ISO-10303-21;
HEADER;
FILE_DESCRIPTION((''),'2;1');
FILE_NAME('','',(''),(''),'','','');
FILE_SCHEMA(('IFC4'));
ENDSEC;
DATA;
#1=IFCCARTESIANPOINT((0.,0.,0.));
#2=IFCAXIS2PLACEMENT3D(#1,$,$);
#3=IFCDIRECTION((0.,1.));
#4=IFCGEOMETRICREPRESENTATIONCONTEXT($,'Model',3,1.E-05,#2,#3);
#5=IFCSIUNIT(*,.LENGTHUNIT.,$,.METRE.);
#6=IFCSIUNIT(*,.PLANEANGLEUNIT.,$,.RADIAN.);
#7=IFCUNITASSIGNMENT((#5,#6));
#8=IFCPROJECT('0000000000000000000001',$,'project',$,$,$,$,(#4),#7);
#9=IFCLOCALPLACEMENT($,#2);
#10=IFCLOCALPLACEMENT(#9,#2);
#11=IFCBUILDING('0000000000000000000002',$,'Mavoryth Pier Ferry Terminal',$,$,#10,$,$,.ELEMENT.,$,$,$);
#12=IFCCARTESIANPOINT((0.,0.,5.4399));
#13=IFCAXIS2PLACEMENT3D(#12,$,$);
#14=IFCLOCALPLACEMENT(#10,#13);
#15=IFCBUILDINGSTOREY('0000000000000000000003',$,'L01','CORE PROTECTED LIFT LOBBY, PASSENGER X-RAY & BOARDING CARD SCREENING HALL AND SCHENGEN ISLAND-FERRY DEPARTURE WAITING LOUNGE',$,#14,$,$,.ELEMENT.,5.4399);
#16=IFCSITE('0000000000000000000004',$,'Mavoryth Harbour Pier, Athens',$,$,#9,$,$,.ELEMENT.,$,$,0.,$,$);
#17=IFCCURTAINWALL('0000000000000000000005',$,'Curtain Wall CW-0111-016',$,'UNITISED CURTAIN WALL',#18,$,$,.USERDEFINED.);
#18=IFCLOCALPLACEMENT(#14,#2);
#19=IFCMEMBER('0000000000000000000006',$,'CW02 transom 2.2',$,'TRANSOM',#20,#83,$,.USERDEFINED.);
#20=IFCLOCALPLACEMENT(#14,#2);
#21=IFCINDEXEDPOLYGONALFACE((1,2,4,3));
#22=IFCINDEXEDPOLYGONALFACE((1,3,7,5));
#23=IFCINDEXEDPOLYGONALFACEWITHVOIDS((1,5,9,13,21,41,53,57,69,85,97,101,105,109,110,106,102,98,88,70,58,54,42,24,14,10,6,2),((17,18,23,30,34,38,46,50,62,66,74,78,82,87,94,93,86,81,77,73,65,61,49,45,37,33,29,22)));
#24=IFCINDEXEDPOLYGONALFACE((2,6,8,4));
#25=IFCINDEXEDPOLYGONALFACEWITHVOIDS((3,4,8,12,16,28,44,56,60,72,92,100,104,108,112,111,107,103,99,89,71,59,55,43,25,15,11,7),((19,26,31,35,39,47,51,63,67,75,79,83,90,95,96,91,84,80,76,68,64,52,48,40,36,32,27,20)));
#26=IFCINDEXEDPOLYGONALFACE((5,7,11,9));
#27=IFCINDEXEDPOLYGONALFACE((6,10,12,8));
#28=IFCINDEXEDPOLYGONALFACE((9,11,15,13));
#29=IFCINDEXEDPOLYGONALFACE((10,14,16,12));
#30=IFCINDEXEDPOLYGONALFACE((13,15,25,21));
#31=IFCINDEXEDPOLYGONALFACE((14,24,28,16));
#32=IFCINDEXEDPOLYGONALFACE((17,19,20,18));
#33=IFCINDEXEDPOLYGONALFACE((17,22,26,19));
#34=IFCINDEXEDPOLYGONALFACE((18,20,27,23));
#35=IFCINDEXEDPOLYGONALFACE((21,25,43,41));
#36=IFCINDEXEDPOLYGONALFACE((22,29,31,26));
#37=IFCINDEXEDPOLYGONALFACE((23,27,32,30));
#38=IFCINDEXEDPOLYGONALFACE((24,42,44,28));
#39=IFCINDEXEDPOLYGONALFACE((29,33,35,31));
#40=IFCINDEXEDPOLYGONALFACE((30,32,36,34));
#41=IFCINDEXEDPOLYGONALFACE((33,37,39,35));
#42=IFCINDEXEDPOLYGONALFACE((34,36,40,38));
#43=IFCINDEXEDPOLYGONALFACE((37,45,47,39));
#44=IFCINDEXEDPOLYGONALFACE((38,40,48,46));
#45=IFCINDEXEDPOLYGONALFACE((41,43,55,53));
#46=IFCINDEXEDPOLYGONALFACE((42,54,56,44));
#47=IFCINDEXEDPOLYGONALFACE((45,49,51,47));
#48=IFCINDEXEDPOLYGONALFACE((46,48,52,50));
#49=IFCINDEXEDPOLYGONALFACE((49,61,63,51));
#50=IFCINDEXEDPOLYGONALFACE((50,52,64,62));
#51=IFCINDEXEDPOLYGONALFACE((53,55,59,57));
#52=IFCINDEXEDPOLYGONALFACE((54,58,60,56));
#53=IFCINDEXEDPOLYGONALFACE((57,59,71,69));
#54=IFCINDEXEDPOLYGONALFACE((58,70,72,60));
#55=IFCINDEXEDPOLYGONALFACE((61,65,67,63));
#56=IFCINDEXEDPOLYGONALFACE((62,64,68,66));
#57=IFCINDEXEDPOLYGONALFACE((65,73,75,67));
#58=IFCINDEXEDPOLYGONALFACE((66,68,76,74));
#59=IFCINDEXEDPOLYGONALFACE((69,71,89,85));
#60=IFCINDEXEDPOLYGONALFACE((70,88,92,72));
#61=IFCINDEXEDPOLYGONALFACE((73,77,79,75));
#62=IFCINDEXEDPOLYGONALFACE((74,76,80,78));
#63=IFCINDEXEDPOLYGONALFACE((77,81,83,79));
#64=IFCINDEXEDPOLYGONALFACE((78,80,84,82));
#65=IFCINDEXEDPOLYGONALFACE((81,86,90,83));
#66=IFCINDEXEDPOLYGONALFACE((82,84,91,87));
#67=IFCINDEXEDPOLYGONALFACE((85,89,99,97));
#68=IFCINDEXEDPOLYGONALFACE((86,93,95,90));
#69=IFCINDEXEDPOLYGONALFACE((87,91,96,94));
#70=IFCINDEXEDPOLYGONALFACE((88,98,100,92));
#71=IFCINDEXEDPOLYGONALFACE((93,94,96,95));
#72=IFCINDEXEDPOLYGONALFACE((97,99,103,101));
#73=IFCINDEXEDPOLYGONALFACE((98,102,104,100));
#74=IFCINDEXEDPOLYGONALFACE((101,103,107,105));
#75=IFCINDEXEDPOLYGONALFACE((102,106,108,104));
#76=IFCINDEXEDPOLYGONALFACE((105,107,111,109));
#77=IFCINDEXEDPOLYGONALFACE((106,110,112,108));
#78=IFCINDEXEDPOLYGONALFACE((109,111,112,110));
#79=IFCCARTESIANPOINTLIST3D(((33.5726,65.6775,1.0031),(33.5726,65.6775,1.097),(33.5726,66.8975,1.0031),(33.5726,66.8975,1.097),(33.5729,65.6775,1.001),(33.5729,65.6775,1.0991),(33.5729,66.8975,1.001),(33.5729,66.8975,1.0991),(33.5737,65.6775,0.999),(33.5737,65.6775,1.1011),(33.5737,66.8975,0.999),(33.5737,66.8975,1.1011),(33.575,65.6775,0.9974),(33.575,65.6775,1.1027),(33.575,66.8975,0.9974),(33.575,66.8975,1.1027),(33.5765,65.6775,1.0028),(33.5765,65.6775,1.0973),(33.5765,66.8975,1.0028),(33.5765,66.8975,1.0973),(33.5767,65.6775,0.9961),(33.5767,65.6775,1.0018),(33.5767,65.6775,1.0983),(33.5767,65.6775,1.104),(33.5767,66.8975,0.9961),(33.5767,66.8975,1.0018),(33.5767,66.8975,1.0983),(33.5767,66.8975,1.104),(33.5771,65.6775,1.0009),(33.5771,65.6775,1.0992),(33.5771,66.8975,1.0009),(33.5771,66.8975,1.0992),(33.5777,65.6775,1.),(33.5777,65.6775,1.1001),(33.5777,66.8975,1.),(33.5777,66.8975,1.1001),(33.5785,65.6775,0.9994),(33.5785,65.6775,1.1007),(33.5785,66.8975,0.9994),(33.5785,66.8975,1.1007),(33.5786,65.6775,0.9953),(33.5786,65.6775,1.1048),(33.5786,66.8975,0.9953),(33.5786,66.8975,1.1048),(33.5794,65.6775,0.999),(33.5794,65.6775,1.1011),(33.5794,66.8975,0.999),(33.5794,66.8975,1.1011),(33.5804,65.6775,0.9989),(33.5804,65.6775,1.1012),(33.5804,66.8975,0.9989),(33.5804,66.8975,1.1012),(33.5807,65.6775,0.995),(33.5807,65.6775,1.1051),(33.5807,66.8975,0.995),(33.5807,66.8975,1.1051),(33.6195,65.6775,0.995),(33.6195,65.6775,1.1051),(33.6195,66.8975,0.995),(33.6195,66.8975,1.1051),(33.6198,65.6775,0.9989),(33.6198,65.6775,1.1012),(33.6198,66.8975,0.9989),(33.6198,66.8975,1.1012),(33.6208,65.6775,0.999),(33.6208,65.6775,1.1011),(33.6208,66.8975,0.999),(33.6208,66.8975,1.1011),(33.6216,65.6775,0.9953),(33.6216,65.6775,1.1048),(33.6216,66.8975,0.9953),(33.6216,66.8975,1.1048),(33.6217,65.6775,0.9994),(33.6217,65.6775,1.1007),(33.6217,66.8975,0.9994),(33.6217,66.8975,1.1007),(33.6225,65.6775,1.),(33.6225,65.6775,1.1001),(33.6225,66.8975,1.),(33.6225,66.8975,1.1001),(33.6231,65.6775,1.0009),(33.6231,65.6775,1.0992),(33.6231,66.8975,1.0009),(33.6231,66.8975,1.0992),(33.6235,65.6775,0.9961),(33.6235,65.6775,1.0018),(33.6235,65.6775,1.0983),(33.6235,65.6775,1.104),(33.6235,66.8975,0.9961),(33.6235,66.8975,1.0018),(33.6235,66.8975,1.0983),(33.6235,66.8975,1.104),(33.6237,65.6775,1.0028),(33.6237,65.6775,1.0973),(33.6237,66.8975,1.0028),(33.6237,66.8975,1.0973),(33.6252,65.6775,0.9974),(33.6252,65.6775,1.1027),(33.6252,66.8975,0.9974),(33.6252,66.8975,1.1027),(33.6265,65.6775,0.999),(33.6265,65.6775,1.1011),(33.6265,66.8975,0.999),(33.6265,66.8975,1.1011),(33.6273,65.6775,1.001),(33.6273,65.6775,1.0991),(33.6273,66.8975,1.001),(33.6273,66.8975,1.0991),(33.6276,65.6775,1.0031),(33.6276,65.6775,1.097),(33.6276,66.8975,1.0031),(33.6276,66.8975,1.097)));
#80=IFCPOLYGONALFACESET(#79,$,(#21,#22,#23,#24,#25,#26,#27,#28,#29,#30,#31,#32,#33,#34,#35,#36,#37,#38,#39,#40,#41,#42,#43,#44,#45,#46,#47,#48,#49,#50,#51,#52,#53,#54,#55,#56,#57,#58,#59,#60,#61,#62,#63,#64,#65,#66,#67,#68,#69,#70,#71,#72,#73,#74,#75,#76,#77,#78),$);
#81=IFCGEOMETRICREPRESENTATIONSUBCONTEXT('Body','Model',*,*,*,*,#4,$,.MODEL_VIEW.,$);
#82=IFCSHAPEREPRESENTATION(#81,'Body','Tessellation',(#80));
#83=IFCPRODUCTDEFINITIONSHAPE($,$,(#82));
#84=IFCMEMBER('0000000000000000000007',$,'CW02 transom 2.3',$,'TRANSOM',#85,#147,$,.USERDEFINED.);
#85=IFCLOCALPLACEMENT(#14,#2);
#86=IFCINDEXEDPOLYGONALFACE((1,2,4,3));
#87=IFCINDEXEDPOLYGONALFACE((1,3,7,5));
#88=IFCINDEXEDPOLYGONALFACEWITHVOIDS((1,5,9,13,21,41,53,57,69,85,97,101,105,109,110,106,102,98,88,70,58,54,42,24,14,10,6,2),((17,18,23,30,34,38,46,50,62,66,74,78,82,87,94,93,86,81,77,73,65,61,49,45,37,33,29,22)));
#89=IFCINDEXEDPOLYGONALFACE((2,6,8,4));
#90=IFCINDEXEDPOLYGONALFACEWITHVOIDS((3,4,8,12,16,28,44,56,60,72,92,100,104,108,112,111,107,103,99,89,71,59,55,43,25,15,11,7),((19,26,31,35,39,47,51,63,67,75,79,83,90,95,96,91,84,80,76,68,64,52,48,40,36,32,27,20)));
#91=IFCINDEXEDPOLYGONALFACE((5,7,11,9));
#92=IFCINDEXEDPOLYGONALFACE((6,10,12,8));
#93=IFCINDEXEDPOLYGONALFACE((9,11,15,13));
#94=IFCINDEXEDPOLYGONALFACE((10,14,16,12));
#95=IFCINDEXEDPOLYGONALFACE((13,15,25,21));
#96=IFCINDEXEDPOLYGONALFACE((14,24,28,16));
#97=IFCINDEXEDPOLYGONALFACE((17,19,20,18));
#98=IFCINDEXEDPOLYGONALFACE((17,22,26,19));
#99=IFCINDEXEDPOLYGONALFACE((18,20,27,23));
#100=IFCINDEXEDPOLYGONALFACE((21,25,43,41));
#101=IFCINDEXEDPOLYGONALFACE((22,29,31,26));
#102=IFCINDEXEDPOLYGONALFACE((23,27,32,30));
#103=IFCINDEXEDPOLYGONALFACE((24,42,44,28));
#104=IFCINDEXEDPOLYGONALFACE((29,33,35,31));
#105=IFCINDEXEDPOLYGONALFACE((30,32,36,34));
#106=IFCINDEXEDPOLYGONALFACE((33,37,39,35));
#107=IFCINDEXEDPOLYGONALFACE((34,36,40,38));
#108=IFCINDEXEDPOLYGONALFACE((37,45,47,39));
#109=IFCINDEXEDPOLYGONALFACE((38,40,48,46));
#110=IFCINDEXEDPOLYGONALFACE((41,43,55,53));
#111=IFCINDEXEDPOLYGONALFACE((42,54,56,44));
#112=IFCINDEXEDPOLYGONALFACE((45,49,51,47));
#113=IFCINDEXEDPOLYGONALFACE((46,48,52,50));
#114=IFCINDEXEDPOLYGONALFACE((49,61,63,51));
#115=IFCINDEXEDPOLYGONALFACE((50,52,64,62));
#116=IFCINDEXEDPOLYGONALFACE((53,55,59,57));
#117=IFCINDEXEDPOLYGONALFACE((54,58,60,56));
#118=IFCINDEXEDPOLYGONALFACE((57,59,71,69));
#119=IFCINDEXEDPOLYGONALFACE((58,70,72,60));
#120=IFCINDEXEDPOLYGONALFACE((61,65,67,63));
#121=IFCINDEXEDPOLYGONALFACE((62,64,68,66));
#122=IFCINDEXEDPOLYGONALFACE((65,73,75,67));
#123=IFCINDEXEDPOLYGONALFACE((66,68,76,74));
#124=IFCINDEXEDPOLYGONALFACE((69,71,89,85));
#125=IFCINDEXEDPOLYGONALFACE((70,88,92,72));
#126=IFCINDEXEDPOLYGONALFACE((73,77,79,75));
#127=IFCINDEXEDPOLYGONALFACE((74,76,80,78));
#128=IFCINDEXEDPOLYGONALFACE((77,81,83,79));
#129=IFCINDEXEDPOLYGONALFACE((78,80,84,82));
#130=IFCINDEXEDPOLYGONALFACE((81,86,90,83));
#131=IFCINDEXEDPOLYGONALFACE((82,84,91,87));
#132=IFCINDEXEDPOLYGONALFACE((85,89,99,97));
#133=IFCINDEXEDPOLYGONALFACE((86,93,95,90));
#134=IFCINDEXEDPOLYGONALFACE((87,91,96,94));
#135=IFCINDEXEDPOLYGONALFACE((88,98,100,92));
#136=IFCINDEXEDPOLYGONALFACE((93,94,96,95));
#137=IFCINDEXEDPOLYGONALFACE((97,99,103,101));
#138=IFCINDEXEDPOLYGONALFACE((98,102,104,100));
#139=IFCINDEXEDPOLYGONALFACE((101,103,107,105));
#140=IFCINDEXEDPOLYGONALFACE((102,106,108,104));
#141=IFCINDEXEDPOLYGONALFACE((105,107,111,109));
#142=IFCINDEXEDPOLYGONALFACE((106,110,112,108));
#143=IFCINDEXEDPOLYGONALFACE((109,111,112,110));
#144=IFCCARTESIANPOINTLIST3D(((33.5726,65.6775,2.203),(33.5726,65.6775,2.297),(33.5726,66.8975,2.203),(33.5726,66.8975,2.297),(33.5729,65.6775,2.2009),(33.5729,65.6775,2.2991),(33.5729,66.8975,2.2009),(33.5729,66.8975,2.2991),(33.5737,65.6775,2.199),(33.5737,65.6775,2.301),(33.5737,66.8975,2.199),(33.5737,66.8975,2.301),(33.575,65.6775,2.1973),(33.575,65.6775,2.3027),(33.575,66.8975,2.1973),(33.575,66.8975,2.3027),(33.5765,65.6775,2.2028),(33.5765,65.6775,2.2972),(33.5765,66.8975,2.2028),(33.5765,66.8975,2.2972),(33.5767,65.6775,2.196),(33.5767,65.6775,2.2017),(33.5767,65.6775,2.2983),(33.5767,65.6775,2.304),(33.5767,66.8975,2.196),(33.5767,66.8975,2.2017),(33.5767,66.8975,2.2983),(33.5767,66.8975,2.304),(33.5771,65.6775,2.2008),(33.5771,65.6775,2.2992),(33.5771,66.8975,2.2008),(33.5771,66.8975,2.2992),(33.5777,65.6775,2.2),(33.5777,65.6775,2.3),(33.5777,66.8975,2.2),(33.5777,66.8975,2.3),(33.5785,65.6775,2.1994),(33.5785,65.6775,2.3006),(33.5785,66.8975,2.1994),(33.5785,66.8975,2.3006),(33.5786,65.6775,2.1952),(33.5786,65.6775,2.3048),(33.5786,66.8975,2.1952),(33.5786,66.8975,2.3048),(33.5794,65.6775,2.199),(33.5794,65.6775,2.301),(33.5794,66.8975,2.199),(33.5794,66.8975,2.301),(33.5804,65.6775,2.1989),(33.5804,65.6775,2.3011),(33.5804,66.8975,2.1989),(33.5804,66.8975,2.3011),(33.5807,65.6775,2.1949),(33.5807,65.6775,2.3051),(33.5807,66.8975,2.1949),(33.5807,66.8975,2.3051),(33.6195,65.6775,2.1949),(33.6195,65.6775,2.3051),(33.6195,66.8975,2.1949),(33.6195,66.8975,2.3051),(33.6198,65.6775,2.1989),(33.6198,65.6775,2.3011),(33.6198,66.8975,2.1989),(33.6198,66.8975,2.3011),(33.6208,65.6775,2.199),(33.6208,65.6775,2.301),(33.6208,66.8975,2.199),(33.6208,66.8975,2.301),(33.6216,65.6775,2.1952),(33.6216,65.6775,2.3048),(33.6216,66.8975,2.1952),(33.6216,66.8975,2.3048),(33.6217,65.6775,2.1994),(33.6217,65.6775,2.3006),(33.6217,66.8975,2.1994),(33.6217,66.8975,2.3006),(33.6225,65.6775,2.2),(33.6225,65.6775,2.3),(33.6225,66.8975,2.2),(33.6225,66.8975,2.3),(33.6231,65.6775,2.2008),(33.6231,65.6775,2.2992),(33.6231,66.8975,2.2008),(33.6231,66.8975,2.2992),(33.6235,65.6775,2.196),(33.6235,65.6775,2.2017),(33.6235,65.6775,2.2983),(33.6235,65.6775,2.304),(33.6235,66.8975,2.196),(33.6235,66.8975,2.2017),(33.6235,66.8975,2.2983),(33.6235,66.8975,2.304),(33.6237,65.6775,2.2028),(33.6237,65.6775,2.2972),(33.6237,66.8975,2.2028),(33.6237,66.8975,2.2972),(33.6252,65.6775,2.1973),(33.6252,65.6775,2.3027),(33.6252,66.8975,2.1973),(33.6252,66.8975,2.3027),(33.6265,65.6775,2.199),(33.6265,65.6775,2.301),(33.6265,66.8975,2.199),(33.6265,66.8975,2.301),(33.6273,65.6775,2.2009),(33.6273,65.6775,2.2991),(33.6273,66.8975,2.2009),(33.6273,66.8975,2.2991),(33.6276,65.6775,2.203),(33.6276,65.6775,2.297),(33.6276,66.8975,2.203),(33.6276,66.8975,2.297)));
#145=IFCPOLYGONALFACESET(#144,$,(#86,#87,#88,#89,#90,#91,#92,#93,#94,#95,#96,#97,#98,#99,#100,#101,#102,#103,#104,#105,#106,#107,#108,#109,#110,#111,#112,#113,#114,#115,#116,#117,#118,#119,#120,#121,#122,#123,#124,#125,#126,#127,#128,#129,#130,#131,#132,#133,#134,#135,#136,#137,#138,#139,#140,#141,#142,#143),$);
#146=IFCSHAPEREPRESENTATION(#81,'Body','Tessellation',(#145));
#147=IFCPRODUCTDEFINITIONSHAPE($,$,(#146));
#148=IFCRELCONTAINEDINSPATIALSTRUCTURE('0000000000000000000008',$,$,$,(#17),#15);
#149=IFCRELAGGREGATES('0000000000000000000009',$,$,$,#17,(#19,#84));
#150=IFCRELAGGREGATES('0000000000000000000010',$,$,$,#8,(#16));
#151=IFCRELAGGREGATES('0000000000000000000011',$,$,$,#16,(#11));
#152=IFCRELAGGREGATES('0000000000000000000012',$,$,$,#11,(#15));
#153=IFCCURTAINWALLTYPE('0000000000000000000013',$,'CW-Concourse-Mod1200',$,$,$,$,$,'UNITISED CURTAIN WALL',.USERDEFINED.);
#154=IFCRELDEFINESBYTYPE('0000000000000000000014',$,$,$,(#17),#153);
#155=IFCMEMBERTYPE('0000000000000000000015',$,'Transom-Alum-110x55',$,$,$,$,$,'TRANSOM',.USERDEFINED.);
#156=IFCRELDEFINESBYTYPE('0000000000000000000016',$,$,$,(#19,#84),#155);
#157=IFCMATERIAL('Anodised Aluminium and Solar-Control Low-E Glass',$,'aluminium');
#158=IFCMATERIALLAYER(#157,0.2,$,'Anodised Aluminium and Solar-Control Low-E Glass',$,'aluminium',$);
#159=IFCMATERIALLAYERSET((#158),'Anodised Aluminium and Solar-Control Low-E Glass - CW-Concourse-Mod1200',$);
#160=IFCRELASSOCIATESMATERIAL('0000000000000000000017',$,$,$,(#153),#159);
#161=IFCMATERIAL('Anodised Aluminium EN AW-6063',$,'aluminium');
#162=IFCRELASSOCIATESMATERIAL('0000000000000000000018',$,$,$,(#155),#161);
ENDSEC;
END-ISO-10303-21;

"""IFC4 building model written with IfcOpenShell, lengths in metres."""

from ifc_helpers import new_model, si_unit, direction, frame, origin, origin_2d, place, context, subcontext, project, spatial, hollow_rectangle, extrude, material, layer, layer_set, material_profile, profile_set, type_object, element, aggregate, save


model = new_model("IFC4")

# Units and contexts
model_context = context("Model", 3, precision=1e-05, world=origin(), true_north=direction((0.0, 1.0)))
body_context = subcontext(model_context, "Body", "Model", "MODEL_VIEW")
ifc_project = project(units=[si_unit("LENGTHUNIT", "METRE"), si_unit("PLANEANGLEUNIT", "RADIAN")], contexts=[model_context])

# Site, building, storey
site_placement = place(None, origin())
site = spatial("IfcSite", under=ifc_project, at=site_placement, Name="Mavoryth Harbour Pier, Athens", CompositionType="ELEMENT", RefElevation=0.0)
building_placement = place(site_placement, origin())
building = spatial("IfcBuilding", under=site, at=building_placement, Name="Mavoryth Pier Ferry Terminal", CompositionType="ELEMENT")
storey_placement = place(building_placement, frame((0.0, 0.0, 5.4399)))
storey = spatial("IfcBuildingStorey", under=building, at=storey_placement, Name="L01", Description="CORE PROTECTED LIFT LOBBY, PASSENGER X-RAY & BOARDING CARD SCREENING HALL AND SCHENGEN ISLAND-FERRY DEPARTURE WAITING LOUNGE", CompositionType="ELEMENT", Elevation=5.4399)

# Curtain wall
ifc_material_1 = material(Name="Anodised Aluminium and Solar-Control Low-E Glass", Category="aluminium")
ifc_layer_1 = layer(ifc_material_1, 0.2, Name="Anodised Aluminium and Solar-Control Low-E Glass", Category="aluminium")
ifc_layer_set_1 = layer_set([ifc_layer_1], Name="Anodised Aluminium and Solar-Control Low-E Glass - CW-Concourse-Mod1200")
curtain_wall_type = type_object("IfcCurtainWallType", Name="CW-Concourse-Mod1200", ElementType="UNITISED CURTAIN WALL", PredefinedType="USERDEFINED", material=ifc_layer_set_1)
ifc_material_2 = material(Name="Anodised Aluminium EN AW-6063", Category="aluminium")
curtain_wall_1_placement = place(storey_placement, origin())
curtain_wall_1 = element("IfcCurtainWall", 1, at=curtain_wall_1_placement, inside=storey, type_object=curtain_wall_type, Name="Curtain Wall CW-0111-016", ObjectType="UNITISED CURTAIN WALL", PredefinedType="USERDEFINED")

# Members
ifc_material_profile_1 = material_profile(ifc_material_2, hollow_rectangle(XDim=0.0549, YDim=0.1101, WallThickness=0.0039, InnerFilletRadius=0.0039, OuterFilletRadius=0.0081, at=origin_2d()), Name="AL-TRAN 110x55x4", Category="aluminium")
ifc_profile_set_1 = profile_set([ifc_material_profile_1], Name="Anodised Aluminium EN AW-6063 - AL-TRAN 110x55x4")
member_type_1 = type_object("IfcMemberType", Name="Transom-Alum-110x55", ElementType="TRANSOM", PredefinedType="USERDEFINED", material=ifc_profile_set_1)
member_1_placement = place(storey_placement, frame((33.6001, 65.6775, 1.05), z_axis=(0.0, 1.0, 0.0), x_axis=(-1.0, 0.0, 0.0)))
member_1 = element("IfcMember", 2, at=member_1_placement, type_object=member_type_1, Name="CW02 transom 2.2", ObjectType="TRANSOM", PredefinedType="USERDEFINED", context=body_context, shape_type="SweptSolid", body=[
    extrude(hollow_rectangle(XDim=0.0549, YDim=0.1101, WallThickness=0.0039, InnerFilletRadius=0.0039, OuterFilletRadius=0.0081, at=origin_2d()), origin(), (0.0, 0.0, 1.0), 1.22),
])
member_2_placement = place(storey_placement, frame((33.6001, 65.6775, 2.25), z_axis=(0.0, 1.0, 0.0), x_axis=(-1.0, 0.0, 0.0)))
member_2 = element("IfcMember", 3, at=member_2_placement, type_object=member_type_1, Name="CW02 transom 2.3", ObjectType="TRANSOM", PredefinedType="USERDEFINED", context=body_context, shape_type="SweptSolid", body=[
    extrude(hollow_rectangle(XDim=0.0549, YDim=0.1101, WallThickness=0.0039, InnerFilletRadius=0.0039, OuterFilletRadius=0.0081, at=origin_2d()), origin(), (0.0, 0.0, 1.0), 1.22),
])

aggregate(curtain_wall_1, [member_1, member_2])

save(model, "model.ifc")
